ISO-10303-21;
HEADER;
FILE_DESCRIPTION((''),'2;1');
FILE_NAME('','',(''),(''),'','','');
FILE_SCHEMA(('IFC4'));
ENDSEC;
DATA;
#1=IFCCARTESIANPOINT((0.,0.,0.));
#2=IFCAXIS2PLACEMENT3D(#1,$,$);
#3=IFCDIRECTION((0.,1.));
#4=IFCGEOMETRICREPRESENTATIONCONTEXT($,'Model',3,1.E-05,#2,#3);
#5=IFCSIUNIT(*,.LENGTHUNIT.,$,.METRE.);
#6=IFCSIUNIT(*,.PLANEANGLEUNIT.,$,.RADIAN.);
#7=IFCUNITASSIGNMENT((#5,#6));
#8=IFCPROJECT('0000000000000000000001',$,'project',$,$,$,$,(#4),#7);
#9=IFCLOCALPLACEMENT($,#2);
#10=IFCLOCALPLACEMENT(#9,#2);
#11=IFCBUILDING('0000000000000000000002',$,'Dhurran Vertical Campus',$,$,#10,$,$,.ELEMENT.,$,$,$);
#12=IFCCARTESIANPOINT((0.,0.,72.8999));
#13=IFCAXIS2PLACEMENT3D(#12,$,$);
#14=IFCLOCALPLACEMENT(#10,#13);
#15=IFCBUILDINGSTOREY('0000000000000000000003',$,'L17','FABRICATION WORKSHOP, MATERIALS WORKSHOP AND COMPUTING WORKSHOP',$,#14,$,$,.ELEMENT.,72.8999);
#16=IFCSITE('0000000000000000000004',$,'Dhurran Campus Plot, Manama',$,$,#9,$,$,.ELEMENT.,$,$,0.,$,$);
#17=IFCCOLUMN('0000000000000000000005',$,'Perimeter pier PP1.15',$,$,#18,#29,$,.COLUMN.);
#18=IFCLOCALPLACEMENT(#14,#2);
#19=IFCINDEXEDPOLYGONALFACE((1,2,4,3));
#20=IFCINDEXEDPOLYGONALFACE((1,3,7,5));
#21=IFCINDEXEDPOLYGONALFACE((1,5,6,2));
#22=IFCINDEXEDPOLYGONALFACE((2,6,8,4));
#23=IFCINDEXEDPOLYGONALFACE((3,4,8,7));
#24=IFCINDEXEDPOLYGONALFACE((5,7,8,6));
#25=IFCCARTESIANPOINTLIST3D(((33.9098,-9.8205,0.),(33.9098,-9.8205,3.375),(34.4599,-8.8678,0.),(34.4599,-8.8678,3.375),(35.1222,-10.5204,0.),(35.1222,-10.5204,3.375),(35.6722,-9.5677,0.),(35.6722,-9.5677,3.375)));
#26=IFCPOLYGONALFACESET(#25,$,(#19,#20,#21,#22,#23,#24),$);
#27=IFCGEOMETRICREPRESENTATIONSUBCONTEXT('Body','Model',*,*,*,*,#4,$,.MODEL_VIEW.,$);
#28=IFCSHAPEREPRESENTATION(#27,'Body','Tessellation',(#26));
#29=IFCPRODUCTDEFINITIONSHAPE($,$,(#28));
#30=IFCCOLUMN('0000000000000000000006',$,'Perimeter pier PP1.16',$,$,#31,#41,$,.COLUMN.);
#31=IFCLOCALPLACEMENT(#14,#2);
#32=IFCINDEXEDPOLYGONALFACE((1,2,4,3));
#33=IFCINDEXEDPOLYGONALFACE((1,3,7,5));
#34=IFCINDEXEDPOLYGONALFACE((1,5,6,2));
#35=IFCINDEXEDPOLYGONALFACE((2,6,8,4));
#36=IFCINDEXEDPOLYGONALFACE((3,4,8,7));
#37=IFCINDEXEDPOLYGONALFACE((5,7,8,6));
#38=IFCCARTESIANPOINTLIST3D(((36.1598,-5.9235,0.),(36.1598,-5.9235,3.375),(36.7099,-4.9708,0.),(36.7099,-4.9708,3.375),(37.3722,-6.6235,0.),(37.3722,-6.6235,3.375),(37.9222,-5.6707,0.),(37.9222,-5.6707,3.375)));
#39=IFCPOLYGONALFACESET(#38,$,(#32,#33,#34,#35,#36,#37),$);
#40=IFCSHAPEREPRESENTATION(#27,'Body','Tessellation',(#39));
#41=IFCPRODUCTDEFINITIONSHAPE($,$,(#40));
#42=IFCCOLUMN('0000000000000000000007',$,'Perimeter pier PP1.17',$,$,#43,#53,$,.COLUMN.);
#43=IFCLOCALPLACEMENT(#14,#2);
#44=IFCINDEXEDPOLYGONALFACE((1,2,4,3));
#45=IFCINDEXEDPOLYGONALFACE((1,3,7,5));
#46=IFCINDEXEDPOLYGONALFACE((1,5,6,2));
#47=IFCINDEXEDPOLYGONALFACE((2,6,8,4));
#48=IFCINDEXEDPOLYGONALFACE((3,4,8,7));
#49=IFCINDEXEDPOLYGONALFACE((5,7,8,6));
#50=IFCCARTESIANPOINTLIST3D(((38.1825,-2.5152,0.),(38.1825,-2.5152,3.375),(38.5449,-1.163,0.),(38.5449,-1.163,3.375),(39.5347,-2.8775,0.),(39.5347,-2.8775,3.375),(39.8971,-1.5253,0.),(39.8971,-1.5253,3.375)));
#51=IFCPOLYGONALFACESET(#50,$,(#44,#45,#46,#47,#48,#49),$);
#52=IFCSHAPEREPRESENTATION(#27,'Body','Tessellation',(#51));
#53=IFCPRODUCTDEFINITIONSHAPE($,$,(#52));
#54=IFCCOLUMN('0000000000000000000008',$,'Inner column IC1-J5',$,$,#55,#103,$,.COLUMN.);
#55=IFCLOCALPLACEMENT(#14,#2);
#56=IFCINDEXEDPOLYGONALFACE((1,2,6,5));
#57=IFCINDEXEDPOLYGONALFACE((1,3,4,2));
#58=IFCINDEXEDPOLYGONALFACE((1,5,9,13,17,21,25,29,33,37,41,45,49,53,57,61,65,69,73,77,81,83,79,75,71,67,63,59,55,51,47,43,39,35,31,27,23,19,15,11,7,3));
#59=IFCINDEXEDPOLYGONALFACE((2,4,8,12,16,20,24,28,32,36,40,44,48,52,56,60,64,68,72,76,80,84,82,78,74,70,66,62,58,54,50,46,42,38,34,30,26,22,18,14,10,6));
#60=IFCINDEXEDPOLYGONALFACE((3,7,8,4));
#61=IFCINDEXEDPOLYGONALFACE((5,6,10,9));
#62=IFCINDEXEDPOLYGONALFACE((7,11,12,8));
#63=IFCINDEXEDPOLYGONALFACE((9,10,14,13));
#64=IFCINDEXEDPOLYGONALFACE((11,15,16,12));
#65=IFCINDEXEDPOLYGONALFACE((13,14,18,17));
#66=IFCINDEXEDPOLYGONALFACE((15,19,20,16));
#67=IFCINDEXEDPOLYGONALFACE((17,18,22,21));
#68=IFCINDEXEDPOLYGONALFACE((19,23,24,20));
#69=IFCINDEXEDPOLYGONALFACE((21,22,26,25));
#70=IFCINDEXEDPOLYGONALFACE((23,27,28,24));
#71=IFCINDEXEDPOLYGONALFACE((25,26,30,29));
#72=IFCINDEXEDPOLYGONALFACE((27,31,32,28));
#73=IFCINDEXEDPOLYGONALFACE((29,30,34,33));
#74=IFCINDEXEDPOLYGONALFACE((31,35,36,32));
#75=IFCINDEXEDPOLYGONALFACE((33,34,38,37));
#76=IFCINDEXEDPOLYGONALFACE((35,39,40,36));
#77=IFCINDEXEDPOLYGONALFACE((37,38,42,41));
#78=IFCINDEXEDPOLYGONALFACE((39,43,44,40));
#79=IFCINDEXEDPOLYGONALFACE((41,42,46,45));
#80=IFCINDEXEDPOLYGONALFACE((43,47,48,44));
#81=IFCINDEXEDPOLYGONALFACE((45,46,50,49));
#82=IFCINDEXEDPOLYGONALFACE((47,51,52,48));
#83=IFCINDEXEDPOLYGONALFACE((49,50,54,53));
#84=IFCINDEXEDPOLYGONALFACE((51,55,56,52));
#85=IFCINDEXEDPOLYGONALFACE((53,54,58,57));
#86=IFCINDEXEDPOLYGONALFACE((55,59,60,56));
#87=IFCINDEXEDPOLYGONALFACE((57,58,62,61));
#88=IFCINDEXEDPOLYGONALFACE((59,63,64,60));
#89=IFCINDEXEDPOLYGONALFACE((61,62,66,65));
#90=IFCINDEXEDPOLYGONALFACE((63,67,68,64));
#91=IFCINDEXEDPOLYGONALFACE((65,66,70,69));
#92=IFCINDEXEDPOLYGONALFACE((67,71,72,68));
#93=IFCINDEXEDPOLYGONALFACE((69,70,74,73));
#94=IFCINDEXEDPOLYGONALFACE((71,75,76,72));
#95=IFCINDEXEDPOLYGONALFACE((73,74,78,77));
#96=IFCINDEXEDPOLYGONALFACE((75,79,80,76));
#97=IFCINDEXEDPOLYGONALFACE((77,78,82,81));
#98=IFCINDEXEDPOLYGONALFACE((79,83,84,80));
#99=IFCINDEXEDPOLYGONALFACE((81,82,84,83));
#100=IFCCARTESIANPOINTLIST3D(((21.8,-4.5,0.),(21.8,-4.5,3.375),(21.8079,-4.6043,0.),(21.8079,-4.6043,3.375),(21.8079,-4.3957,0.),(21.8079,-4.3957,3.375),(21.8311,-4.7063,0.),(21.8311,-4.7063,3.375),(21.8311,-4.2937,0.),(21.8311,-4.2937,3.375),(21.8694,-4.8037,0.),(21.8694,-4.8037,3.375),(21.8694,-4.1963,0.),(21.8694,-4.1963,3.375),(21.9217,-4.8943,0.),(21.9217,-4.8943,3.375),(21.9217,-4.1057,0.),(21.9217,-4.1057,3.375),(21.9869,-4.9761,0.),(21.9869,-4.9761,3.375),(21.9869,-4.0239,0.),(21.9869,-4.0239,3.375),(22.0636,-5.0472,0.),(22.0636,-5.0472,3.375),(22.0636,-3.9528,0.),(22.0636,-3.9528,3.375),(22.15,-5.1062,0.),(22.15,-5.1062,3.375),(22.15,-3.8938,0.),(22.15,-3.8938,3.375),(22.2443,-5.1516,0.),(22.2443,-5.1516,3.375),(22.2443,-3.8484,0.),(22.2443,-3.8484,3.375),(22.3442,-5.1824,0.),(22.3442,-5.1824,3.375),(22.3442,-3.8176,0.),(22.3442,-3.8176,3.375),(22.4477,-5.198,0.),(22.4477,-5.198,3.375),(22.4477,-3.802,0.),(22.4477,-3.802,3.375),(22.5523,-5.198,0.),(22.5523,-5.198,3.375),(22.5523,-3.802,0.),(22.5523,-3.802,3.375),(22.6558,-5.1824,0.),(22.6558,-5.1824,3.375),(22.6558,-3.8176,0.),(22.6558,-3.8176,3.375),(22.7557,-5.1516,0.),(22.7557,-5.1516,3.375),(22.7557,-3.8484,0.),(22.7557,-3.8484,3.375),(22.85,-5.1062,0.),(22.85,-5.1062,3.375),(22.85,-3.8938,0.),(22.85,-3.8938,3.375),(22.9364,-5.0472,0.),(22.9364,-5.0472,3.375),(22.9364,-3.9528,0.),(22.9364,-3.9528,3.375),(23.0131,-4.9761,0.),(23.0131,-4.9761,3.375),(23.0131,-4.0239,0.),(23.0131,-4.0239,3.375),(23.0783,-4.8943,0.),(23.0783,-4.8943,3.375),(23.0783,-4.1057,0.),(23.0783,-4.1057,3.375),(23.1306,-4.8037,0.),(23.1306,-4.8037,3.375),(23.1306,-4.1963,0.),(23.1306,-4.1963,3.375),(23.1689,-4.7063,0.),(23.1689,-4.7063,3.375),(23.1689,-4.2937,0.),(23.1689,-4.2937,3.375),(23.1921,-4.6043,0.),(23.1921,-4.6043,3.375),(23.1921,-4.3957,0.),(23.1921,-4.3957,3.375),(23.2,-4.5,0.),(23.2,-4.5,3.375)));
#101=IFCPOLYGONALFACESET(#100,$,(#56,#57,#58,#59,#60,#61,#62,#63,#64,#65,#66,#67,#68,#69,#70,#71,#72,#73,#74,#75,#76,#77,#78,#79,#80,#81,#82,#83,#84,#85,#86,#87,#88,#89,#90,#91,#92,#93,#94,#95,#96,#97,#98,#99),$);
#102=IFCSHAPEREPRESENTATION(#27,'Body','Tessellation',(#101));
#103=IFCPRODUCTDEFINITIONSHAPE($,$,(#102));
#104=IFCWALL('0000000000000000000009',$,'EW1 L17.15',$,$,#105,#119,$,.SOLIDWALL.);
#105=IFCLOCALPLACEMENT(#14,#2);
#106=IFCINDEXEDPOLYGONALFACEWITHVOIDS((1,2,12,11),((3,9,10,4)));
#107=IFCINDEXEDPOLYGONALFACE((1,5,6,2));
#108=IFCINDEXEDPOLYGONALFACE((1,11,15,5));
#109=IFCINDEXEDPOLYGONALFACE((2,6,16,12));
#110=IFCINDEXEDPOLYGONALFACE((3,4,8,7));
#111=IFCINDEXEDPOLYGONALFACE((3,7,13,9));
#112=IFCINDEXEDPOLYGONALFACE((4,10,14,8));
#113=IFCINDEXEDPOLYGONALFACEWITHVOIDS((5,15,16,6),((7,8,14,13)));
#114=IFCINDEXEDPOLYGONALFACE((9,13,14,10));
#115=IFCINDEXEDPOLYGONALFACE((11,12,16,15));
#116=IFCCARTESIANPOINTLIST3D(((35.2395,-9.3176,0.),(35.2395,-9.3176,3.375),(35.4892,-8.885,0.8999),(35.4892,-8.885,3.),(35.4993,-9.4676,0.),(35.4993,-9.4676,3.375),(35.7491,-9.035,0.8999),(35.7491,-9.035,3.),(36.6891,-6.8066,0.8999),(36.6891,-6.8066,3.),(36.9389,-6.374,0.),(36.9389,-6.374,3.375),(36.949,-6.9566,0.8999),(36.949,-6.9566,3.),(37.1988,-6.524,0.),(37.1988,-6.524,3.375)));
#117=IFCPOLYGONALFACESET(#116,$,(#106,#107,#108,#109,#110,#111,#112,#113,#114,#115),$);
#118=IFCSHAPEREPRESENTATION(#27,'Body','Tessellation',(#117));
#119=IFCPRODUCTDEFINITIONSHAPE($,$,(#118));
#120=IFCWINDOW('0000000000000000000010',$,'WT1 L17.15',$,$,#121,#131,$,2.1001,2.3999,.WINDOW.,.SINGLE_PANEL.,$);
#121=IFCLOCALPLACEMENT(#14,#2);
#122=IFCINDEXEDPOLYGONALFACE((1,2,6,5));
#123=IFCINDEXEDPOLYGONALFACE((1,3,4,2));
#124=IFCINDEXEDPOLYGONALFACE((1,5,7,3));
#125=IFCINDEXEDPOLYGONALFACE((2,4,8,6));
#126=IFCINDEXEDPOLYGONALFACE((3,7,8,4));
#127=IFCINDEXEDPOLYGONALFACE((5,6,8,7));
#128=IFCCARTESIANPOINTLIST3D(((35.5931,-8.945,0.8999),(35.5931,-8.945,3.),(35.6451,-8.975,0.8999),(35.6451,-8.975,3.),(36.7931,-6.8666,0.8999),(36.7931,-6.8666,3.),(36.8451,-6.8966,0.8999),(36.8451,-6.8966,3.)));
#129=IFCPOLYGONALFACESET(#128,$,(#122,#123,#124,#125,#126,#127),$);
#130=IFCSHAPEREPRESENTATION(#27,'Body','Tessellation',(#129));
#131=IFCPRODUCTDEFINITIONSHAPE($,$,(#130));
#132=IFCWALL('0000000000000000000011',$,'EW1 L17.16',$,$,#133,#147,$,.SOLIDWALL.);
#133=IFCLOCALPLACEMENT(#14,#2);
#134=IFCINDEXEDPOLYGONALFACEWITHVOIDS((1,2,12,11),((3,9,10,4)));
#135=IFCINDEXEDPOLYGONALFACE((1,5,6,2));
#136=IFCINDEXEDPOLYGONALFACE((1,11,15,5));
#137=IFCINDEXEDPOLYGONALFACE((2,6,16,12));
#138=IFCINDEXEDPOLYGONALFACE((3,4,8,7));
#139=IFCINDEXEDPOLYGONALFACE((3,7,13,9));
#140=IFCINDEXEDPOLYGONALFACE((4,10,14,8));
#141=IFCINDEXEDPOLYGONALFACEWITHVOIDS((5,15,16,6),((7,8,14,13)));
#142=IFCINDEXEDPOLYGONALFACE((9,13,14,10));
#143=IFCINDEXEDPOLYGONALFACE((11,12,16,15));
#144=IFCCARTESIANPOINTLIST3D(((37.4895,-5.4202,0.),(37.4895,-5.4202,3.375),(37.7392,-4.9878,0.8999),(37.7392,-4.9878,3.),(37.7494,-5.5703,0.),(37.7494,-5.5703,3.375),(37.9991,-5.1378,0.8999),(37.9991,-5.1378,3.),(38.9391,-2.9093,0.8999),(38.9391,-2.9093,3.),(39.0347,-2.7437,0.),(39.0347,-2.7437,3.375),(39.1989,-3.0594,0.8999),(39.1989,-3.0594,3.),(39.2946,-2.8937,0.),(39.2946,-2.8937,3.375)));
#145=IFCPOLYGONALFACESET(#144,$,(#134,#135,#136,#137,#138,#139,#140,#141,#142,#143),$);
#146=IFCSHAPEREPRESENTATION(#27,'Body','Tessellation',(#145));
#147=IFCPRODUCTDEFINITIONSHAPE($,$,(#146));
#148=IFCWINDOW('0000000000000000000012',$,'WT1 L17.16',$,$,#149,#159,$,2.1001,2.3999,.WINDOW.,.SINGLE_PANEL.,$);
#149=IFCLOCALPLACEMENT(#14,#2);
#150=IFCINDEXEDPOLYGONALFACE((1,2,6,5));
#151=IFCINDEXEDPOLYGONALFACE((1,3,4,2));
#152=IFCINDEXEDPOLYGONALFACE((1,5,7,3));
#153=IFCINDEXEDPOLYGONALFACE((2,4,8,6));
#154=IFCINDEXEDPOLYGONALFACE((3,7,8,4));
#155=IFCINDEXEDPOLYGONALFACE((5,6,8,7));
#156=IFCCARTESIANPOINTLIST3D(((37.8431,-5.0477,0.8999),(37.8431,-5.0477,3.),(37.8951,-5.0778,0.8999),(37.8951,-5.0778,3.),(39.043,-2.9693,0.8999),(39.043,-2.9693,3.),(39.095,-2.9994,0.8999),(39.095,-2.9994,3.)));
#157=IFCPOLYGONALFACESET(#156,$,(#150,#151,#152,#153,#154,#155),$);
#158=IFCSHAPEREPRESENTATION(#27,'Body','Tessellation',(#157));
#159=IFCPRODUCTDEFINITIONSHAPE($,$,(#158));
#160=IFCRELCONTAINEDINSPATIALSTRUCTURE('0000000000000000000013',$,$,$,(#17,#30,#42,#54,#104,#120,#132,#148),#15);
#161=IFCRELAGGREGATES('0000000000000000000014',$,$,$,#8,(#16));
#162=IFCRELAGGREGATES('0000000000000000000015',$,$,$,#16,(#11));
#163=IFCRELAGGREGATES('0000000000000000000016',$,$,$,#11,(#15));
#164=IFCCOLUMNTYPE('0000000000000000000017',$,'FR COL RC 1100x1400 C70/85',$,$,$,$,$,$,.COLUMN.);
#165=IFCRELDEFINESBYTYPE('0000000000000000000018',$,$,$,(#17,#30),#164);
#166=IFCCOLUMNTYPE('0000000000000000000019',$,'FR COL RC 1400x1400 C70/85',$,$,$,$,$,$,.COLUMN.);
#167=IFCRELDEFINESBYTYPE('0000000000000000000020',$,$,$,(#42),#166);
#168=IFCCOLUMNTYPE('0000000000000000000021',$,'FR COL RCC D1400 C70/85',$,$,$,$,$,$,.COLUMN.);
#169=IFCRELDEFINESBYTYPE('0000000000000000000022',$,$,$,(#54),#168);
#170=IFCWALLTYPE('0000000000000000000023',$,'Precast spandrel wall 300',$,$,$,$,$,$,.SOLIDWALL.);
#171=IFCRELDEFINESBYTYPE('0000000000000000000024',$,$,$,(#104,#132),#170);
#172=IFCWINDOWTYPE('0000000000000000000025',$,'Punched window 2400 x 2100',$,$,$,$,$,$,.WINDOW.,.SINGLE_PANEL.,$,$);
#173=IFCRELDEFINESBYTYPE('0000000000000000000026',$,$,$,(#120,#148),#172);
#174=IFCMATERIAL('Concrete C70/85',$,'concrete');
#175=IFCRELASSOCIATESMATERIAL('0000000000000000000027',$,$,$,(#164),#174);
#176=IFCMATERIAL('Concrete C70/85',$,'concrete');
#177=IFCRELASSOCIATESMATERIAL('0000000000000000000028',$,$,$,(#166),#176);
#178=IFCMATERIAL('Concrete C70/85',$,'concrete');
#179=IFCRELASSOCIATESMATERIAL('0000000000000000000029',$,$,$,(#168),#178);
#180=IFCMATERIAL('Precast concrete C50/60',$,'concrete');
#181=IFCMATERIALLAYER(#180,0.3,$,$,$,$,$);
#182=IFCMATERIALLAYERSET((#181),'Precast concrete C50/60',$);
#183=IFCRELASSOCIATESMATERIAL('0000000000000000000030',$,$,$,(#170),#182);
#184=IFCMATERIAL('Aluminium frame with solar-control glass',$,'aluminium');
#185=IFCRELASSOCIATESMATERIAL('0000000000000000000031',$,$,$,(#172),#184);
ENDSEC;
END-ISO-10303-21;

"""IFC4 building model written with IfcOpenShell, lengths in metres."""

from ifc_helpers import new_model, si_unit, direction, frame, frame_2d, origin, origin_2d, place, context, subcontext, project, spatial, rectangle, circle, extrude, material, layer, layer_set, material_profile, profile_set, type_object, element, fill, save


model = new_model("IFC4")

# Units and contexts
model_context = context("Model", 3, precision=1e-05, world=origin(), true_north=direction((0.0, 1.0)))
body_context = subcontext(model_context, "Body", "Model", "MODEL_VIEW")
ifc_project = project(units=[si_unit("LENGTHUNIT", "METRE"), si_unit("PLANEANGLEUNIT", "RADIAN")], contexts=[model_context])

# Site, building, storey
site_placement = place(None, origin())
site = spatial("IfcSite", under=ifc_project, at=site_placement, Name="Dhurran Campus Plot, Manama", CompositionType="ELEMENT", RefElevation=0.0)
building_placement = place(site_placement, origin())
building = spatial("IfcBuilding", under=site, at=building_placement, Name="Dhurran Vertical Campus", CompositionType="ELEMENT")
storey_placement = place(building_placement, frame((0.0, 0.0, 72.8999)))
storey = spatial("IfcBuildingStorey", under=building, at=storey_placement, Name="L17", Description="FABRICATION WORKSHOP, MATERIALS WORKSHOP AND COMPUTING WORKSHOP", CompositionType="ELEMENT", Elevation=72.8999)

# Columns
ifc_material_1 = material(Name="Concrete C70/85", Category="concrete")
ifc_material_profile_1 = material_profile(ifc_material_1, rectangle(XDim=1.1001, YDim=1.3999, at=origin_2d()), Name="RC 1100x1400")
ifc_profile_set_1 = profile_set([ifc_material_profile_1], Name="Concrete C70/85")
column_type_1 = type_object("IfcColumnType", Name="FR COL RC 1100x1400 C70/85", PredefinedType="COLUMN", material=ifc_profile_set_1)
for number, where, z_axis, x_axis, name in (
    (1, (34.791, -9.6941, 0.0), (0.0, 0.0, 1.0), (0.5, 0.866025, 0.0), "Perimeter pier PP1.15"),
    (2, (37.041, -5.7971, 0.0), (0.0, 0.0, 1.0), (0.5, 0.866025, 0.0), "Perimeter pier PP1.16"),
):
    element("IfcColumn", number, at=place(storey_placement, frame(where, z_axis=z_axis, x_axis=x_axis)), inside=storey, type_object=column_type_1, Name=name, PredefinedType="COLUMN", context=body_context, shape_type="SweptSolid", body=[
        extrude(rectangle(XDim=1.1001, YDim=1.3999, at=origin_2d()), origin(), (0.0, 0.0, 1.0), 3.375),
    ])
ifc_material_2 = material(Name="Concrete C70/85", Category="concrete")
ifc_material_profile_2 = material_profile(ifc_material_2, rectangle(XDim=1.3999, YDim=1.3999, at=origin_2d()), Name="RC 1400x1400")
ifc_profile_set_2 = profile_set([ifc_material_profile_2], Name="Concrete C70/85")
column_type_2 = type_object("IfcColumnType", Name="FR COL RC 1400x1400 C70/85", PredefinedType="COLUMN", material=ifc_profile_set_2)
column_1_placement = place(storey_placement, frame((39.0398, -2.0203, 0.0), z_axis=(0.0, 0.0, 1.0), x_axis=(0.258819, 0.965926, 0.0)))
element("IfcColumn", 3, at=column_1_placement, inside=storey, type_object=column_type_2, Name="Perimeter pier PP1.17", PredefinedType="COLUMN", context=body_context, shape_type="SweptSolid", body=[
    extrude(rectangle(XDim=1.3999, YDim=1.3999, at=origin_2d()), origin(), (0.0, 0.0, 1.0), 3.375),
])
ifc_material_3 = material(Name="Concrete C70/85", Category="concrete")
ifc_material_profile_3 = material_profile(ifc_material_3, circle(Radius=0.7, at=origin_2d()), Name="RCC D1400")
ifc_profile_set_3 = profile_set([ifc_material_profile_3], Name="Concrete C70/85")
column_type_3 = type_object("IfcColumnType", Name="FR COL RCC D1400 C70/85", PredefinedType="COLUMN", material=ifc_profile_set_3)
column_2_placement = place(storey_placement, frame((22.5, -4.5, 0.0), z_axis=(0.0, 0.0, 1.0), x_axis=(1.0, 0.0, 0.0)))
element("IfcColumn", 4, at=column_2_placement, inside=storey, type_object=column_type_3, Name="Inner column IC1-J5", PredefinedType="COLUMN", context=body_context, shape_type="SweptSolid", body=[
    extrude(circle(Radius=0.7, at=origin_2d()), origin(), (0.0, 0.0, 1.0), 3.375),
])

# Walls, openings, windows
ifc_material_4 = material(Name="Precast concrete C50/60", Category="concrete")
ifc_layer_1 = layer(ifc_material_4, 0.3)
ifc_layer_set_1 = layer_set([ifc_layer_1], Name="Precast concrete C50/60")
wall_type_1 = type_object("IfcWallType", Name="Precast spandrel wall 300", PredefinedType="SOLIDWALL", material=ifc_layer_set_1)
wall_1_placement = place(storey_placement, frame((35.3694, -9.3926, 0.0), z_axis=(0.0, 0.0, 1.0), x_axis=(0.499994, 0.866029, 0.0)))
wall_1 = element("IfcWall", 5, at=wall_1_placement, inside=storey, type_object=wall_type_1, Name="EW1 L17.15", PredefinedType="SOLIDWALL", context=body_context, shape_type="SweptSolid", body=[
    extrude(rectangle(XDim=3.3989, YDim=0.3, at=frame_2d((1.6995, 0.0))), origin(), (0.0, 0.0, 1.0), 3.375),
])
opening_1_placement = place(wall_1_placement, frame((0.4995, 0.0, 0.8999)))
opening_1 = element("IfcOpeningElement", 6, at=opening_1_placement, cuts=wall_1, PredefinedType="OPENING", context=body_context, shape_type="SweptSolid", body=[
    extrude(rectangle(XDim=2.3999, YDim=2.1001, at=frame_2d((1.2, 1.05))), frame((0.0, 0.1599, 0.0), z_axis=(0.0, -1.0, 0.0), x_axis=(1.0, 0.0, 0.0)), (0.0, 0.0, 1.0), 0.3201),
])
ifc_material_5 = material(Name="Aluminium frame with solar-control glass", Category="aluminium")
window_type = type_object("IfcWindowType", Name="Punched window 2400 x 2100", PartitioningType="SINGLE_PANEL", PredefinedType="WINDOW", material=ifc_material_5)
window_1_placement = place(opening_1_placement, origin())
window_1 = element("IfcWindow", 7, at=window_1_placement, inside=storey, type_object=window_type, Name="WT1 L17.15", OverallHeight=2.1001, OverallWidth=2.3999, PartitioningType="SINGLE_PANEL", PredefinedType="WINDOW", context=body_context, shape_type="SweptSolid", body=[
    extrude(rectangle(XDim=2.3999, YDim=2.1001, at=frame_2d((1.2, 1.05))), frame((0.0, 0.03, 0.0), z_axis=(0.0, -1.0, 0.0), x_axis=(1.0, 0.0, 0.0)), (0.0, 0.0, 1.0), 0.0601),
])
fill(opening_1, window_1)
wall_2_placement = place(storey_placement, frame((37.6194, -5.4954, 0.0), z_axis=(0.0, 0.0, 1.0), x_axis=(0.499971, 0.866042, 0.0)))
wall_2 = element("IfcWall", 8, at=wall_2_placement, inside=storey, type_object=wall_type_1, Name="EW1 L17.16", PredefinedType="SOLIDWALL", context=body_context, shape_type="SweptSolid", body=[
    extrude(rectangle(XDim=3.0906, YDim=0.3, at=frame_2d((1.5454, 0.0))), origin(), (0.0, 0.0, 1.0), 3.375),
])
opening_2_placement = place(wall_2_placement, frame((0.4995, 0.0, 0.8999)))
opening_2 = element("IfcOpeningElement", 9, at=opening_2_placement, cuts=wall_2, PredefinedType="OPENING", context=body_context, shape_type="SweptSolid", body=[
    extrude(rectangle(XDim=2.3999, YDim=2.1001, at=frame_2d((1.2, 1.05))), frame((0.0, 0.1599, 0.0), z_axis=(0.0, -1.0, 0.0), x_axis=(1.0, 0.0, 0.0)), (0.0, 0.0, 1.0), 0.3201),
])
window_2_placement = place(opening_2_placement, origin())
window_2 = element("IfcWindow", 10, at=window_2_placement, inside=storey, type_object=window_type, Name="WT1 L17.16", OverallHeight=2.1001, OverallWidth=2.3999, PartitioningType="SINGLE_PANEL", PredefinedType="WINDOW", context=body_context, shape_type="SweptSolid", body=[
    extrude(rectangle(XDim=2.3999, YDim=2.1001, at=frame_2d((1.2, 1.05))), frame((0.0, 0.03, 0.0), z_axis=(0.0, -1.0, 0.0), x_axis=(1.0, 0.0, 0.0)), (0.0, 0.0, 1.0), 0.0601),
])
fill(opening_2, window_2)

save(model, "model.ifc")
